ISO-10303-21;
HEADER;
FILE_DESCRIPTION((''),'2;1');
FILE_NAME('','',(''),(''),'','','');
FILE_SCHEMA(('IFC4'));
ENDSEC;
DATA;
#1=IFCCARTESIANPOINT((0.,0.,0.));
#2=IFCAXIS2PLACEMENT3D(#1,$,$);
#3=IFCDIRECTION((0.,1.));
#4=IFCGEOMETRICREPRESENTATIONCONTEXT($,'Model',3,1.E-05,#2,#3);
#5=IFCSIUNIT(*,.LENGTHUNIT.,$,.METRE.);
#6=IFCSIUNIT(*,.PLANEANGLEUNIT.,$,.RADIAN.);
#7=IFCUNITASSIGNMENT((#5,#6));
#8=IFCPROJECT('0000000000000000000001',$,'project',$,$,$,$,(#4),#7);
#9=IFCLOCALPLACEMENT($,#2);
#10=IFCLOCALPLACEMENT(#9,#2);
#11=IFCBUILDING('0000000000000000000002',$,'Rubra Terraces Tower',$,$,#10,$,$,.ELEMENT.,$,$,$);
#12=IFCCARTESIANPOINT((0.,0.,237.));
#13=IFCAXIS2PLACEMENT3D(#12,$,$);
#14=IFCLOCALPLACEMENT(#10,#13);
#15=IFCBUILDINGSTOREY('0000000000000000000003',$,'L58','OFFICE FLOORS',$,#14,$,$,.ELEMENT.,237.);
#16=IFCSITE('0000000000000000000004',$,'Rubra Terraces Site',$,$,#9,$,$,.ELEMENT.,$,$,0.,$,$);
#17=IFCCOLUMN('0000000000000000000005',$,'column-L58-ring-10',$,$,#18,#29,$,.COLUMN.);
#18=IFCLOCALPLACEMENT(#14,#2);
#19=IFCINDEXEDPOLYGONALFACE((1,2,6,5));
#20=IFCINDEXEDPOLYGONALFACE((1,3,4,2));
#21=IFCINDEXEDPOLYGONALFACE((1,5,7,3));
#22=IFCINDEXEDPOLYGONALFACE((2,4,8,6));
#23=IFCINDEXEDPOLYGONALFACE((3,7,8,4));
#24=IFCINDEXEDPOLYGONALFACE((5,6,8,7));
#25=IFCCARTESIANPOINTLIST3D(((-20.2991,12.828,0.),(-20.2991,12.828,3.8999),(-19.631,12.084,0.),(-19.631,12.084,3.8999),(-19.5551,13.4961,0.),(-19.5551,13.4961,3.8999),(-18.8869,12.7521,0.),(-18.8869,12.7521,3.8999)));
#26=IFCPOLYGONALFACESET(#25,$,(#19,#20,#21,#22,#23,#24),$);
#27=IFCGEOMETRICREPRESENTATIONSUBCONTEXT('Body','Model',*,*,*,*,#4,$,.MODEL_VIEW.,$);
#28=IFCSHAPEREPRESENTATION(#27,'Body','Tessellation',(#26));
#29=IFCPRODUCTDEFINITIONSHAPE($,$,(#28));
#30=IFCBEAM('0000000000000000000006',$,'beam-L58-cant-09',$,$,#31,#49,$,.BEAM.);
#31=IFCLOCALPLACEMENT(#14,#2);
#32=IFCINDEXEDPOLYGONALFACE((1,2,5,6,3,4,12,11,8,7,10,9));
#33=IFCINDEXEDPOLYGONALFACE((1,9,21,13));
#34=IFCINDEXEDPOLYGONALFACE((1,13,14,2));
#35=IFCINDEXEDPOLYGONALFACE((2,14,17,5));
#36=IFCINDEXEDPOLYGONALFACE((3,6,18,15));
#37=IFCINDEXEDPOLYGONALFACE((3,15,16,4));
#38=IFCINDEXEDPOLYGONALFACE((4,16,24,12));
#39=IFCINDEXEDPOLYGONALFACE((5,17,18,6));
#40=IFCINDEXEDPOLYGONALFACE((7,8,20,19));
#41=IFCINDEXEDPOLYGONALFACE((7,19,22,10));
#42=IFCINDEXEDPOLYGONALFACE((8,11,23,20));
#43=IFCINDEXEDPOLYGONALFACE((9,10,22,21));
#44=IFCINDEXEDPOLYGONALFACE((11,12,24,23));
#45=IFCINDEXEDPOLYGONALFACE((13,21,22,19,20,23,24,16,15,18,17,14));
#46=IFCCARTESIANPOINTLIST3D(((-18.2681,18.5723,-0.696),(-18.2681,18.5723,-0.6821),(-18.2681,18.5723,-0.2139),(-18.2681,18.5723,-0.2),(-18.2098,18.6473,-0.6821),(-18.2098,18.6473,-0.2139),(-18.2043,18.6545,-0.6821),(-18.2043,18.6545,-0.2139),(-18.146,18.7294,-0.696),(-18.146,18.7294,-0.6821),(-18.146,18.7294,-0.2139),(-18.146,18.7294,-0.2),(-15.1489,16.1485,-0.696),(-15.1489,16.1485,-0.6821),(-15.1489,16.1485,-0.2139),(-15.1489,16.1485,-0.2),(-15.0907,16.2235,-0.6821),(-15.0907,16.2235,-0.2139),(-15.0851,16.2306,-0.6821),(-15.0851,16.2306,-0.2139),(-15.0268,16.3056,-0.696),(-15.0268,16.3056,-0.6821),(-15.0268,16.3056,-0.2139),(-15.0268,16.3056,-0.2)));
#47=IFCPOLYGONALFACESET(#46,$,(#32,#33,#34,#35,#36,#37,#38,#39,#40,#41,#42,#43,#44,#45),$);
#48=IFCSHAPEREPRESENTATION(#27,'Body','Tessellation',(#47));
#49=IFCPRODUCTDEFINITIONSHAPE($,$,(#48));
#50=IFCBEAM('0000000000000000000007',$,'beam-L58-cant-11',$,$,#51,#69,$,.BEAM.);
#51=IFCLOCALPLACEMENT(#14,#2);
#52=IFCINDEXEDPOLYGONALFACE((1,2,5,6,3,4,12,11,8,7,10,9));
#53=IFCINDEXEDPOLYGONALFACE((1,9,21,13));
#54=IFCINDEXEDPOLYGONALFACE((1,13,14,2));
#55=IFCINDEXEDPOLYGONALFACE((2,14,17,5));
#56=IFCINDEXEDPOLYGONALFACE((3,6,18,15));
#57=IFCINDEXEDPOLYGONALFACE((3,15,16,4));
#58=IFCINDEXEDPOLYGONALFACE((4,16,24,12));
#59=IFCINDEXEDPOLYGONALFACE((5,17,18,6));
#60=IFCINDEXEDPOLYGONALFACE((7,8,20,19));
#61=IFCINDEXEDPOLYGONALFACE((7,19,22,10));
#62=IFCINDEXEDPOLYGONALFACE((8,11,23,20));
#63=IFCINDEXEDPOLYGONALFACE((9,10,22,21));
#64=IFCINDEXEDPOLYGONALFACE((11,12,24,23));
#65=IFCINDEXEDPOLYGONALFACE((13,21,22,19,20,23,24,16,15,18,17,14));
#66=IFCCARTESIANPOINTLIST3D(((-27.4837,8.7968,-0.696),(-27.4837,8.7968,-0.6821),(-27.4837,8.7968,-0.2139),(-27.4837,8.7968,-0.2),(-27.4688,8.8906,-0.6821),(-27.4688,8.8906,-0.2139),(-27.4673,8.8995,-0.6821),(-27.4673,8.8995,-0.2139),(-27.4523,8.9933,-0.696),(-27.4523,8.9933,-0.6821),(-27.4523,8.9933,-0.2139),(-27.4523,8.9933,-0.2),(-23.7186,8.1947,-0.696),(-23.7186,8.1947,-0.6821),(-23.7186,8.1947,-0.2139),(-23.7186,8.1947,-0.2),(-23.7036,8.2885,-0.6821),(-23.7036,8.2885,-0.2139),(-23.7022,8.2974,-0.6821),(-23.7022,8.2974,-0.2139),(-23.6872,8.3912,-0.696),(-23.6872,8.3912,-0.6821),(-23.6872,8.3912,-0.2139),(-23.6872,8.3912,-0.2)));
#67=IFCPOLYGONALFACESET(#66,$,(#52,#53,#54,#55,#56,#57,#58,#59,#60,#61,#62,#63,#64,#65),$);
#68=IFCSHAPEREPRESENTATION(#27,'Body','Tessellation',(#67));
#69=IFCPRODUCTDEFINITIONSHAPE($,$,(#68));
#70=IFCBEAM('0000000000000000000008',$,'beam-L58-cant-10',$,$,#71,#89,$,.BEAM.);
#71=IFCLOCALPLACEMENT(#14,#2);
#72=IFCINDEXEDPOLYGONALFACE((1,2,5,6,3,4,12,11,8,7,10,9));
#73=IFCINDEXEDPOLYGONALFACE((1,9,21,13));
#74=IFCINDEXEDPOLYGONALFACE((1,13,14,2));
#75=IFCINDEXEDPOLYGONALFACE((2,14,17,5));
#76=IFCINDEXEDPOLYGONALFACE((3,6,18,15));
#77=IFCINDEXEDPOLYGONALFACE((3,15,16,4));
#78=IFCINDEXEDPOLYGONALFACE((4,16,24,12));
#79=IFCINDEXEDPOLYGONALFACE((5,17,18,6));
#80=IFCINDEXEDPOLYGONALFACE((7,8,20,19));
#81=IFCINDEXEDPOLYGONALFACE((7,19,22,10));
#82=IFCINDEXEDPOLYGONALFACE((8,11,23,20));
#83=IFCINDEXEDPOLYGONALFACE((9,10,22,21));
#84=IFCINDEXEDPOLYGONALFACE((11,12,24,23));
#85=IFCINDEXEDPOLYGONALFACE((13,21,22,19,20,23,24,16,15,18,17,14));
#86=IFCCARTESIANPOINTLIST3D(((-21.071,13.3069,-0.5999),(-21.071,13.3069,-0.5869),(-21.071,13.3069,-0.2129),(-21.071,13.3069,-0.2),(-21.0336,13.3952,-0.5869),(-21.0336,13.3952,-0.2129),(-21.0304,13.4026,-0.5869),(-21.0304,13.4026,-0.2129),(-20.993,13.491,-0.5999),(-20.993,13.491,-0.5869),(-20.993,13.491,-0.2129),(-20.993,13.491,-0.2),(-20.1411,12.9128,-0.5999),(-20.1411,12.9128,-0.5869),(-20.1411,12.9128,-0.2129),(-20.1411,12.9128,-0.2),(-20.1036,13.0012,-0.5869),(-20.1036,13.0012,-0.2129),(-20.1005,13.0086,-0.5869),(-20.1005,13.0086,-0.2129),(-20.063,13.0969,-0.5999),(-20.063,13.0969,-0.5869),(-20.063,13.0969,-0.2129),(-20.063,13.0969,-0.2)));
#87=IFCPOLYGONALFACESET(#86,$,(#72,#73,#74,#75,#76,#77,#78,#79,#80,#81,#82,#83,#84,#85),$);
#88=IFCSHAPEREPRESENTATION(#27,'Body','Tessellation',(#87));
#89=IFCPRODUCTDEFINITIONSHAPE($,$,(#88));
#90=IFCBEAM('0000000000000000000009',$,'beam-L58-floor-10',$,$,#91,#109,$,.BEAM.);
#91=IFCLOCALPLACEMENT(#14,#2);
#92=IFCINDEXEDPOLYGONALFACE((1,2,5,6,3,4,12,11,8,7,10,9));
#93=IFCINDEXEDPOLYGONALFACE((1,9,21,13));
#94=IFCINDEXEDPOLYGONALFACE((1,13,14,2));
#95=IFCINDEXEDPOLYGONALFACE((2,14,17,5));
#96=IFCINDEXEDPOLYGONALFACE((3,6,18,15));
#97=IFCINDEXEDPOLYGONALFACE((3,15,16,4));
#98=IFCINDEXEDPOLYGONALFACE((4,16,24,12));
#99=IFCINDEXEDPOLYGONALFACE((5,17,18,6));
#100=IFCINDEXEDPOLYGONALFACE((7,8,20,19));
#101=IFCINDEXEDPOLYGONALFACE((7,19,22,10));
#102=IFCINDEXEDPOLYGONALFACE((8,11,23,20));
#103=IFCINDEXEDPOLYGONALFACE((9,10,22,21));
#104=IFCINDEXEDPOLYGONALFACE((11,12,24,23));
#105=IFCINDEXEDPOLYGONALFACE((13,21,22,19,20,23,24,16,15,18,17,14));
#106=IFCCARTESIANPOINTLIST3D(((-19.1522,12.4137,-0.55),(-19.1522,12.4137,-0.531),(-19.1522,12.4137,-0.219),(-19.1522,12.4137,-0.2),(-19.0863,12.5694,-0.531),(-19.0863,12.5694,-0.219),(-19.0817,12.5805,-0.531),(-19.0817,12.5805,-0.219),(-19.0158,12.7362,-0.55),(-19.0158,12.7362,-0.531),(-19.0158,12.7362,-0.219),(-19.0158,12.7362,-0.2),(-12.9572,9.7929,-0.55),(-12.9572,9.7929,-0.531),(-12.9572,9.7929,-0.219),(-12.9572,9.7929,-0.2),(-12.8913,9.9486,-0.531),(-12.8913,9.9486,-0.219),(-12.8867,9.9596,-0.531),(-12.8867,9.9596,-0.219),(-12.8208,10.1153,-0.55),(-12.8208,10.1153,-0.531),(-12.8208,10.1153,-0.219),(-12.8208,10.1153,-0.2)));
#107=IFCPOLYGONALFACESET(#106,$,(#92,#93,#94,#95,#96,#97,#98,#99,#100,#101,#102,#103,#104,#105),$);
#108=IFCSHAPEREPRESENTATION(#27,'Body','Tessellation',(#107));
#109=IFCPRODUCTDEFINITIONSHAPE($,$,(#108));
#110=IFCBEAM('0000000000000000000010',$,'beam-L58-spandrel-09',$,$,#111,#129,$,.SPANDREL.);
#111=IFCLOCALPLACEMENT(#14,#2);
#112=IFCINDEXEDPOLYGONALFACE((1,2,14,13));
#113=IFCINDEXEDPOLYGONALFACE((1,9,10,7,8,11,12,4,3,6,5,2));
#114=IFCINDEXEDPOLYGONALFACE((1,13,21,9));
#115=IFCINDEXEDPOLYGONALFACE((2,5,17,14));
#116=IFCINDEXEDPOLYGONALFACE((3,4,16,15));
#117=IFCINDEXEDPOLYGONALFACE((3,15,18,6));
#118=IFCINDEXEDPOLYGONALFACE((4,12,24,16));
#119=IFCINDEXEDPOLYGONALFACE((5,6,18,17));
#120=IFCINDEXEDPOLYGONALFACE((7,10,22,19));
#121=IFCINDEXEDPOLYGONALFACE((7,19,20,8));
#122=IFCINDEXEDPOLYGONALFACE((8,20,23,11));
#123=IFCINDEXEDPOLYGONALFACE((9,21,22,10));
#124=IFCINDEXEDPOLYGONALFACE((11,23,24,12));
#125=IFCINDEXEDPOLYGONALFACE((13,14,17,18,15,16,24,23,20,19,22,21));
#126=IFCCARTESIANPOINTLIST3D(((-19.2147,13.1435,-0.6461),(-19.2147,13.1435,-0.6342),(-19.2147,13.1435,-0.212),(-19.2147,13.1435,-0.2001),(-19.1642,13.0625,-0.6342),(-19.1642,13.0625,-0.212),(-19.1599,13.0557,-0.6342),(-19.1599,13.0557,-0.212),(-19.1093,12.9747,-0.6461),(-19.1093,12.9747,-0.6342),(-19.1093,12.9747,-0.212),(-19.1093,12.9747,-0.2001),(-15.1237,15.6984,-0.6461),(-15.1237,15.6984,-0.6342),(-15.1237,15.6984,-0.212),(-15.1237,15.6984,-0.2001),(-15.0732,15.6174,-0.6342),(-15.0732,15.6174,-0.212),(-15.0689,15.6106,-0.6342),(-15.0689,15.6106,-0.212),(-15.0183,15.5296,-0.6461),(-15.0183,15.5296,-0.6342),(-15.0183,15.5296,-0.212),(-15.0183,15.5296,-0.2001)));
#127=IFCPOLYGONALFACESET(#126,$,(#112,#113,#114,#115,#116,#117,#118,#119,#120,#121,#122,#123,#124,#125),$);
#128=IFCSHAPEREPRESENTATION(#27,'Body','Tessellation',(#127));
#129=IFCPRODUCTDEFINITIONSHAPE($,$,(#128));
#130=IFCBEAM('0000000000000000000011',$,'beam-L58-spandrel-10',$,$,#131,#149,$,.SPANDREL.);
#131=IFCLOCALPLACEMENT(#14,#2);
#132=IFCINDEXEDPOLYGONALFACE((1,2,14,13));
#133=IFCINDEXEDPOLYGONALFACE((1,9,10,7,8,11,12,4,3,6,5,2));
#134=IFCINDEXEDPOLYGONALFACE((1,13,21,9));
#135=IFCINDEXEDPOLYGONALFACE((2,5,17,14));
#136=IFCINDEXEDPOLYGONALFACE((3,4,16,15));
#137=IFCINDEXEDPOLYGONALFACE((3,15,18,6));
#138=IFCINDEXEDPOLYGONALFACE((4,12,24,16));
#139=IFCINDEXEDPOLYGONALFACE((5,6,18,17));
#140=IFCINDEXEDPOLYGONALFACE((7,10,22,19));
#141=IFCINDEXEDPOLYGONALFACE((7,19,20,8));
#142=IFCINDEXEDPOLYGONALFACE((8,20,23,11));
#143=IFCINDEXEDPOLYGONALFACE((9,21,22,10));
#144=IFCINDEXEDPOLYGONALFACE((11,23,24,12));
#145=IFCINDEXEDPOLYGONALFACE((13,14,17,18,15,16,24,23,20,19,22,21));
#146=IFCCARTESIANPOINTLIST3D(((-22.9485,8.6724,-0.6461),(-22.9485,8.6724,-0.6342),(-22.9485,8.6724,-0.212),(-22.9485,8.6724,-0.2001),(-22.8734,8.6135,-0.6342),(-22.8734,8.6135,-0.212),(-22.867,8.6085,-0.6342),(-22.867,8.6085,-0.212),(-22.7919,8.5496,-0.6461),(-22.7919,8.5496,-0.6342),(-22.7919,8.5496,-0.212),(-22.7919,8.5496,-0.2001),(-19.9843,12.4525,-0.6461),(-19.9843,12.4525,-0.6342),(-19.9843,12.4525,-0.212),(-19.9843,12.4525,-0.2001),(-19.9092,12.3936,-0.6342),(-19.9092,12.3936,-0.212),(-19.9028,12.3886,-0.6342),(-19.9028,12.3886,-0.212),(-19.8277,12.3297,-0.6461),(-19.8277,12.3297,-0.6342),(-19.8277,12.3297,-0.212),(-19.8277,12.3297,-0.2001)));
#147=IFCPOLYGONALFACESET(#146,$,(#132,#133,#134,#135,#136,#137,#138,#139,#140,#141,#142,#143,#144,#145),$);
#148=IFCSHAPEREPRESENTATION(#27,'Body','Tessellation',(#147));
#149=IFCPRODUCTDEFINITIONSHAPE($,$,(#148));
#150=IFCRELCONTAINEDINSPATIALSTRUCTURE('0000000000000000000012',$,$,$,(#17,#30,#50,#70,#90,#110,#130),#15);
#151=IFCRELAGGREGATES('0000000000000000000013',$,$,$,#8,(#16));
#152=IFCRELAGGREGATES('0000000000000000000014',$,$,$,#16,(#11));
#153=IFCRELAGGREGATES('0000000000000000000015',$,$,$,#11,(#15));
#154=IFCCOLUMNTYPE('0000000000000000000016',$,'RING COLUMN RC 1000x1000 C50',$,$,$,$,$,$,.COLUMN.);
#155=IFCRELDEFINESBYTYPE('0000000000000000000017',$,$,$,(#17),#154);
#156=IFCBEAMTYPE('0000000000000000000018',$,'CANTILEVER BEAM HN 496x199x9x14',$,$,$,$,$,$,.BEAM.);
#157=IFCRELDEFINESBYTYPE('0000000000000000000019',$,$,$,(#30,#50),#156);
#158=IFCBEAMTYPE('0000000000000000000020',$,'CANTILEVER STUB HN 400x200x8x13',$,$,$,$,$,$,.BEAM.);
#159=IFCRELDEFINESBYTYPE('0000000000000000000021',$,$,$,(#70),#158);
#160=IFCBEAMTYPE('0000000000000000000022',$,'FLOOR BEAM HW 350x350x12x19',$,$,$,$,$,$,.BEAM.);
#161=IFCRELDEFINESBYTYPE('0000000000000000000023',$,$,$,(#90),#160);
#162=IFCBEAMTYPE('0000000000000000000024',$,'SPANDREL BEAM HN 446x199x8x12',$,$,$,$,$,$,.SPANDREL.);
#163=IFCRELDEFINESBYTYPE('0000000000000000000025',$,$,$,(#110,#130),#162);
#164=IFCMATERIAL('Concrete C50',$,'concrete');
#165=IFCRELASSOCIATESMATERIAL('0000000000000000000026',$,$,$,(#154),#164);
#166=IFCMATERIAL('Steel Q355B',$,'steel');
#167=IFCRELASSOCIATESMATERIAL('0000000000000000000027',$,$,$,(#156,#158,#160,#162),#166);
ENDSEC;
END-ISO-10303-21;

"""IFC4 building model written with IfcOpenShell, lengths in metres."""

from ifc_helpers import new_model, si_unit, direction, frame, origin, origin_2d, place, context, subcontext, project, spatial, rectangle, i_section, extrude, material, material_profile, profile_set, type_object, element, save


model = new_model("IFC4")

# Units and contexts
model_context = context("Model", 3, precision=1e-05, world=origin(), true_north=direction((0.0, 1.0)))
body_context = subcontext(model_context, "Body", "Model", "MODEL_VIEW")
ifc_project = project(units=[si_unit("LENGTHUNIT", "METRE"), si_unit("PLANEANGLEUNIT", "RADIAN")], contexts=[model_context])

# Site, building, storey
site_placement = place(None, origin())
site = spatial("IfcSite", under=ifc_project, at=site_placement, Name="Rubra Terraces Site", CompositionType="ELEMENT", RefElevation=0.0)
building_placement = place(site_placement, origin())
building = spatial("IfcBuilding", under=site, at=building_placement, Name="Rubra Terraces Tower", CompositionType="ELEMENT")
storey_placement = place(building_placement, frame((0.0, 0.0, 237.0)))
storey = spatial("IfcBuildingStorey", under=building, at=storey_placement, Name="L58", Description="OFFICE FLOORS", CompositionType="ELEMENT", Elevation=237.0)

# Column
ifc_material_1 = material(Name="Concrete C50", Category="concrete")
ifc_material_profile_1 = material_profile(ifc_material_1, rectangle(XDim=1.0, YDim=1.0, at=origin_2d()), Name="RC 1000x1000")
ifc_profile_set_1 = profile_set([ifc_material_profile_1], Name="Concrete C50")
column_type = type_object("IfcColumnType", Name="RING COLUMN RC 1000x1000 C50", PredefinedType="COLUMN", material=ifc_profile_set_1)
column_placement = place(storey_placement, frame((-19.593, 12.79, 0.0), z_axis=(0.0, 0.0, 1.0), x_axis=(-0.744021, -0.668156, 0.0)))
element("IfcColumn", 1, at=column_placement, inside=storey, type_object=column_type, Name="column-L58-ring-10", PredefinedType="COLUMN", context=body_context, shape_type="SweptSolid", body=[
    extrude(rectangle(XDim=1.0, YDim=1.0, at=origin_2d()), origin(), (0.0, 0.0, 1.0), 3.8999),
])

# Beams
ifc_material_2 = material(Name="Steel Q355B", Category="steel")
ifc_material_profile_2 = material_profile(ifc_material_2, i_section(OverallWidth=0.199, OverallDepth=0.4961, WebThickness=0.009, FlangeThickness=0.0139, at=origin_2d()), Name="HN 496x199x9x14")
ifc_profile_set_2 = profile_set([ifc_material_profile_2], Name="Steel Q355B")
beam_type_1 = type_object("IfcBeamType", Name="CANTILEVER BEAM HN 496x199x9x14", PredefinedType="BEAM", material=ifc_profile_set_2)
beam_1_placement = place(storey_placement, frame((-15.0879, 16.2271, -0.448), z_axis=(-0.789618, 0.613598, 0.0), x_axis=(-0.613598, -0.789618, 0.0)))
element("IfcBeam", 2, at=beam_1_placement, inside=storey, type_object=beam_type_1, Name="beam-L58-cant-09", PredefinedType="BEAM", context=body_context, shape_type="SweptSolid", body=[
    extrude(i_section(OverallWidth=0.199, OverallDepth=0.4961, WebThickness=0.009, FlangeThickness=0.0139, at=origin_2d()), origin(), (0.0, 0.0, 1.0), 3.9502),
])
beam_2_placement = place(storey_placement, frame((-23.7029, 8.293, -0.448), z_axis=(-0.987456, 0.157896, 0.0), x_axis=(-0.157896, -0.987456, 0.0)))
element("IfcBeam", 3, at=beam_2_placement, inside=storey, type_object=beam_type_1, Name="beam-L58-cant-11", PredefinedType="BEAM", context=body_context, shape_type="SweptSolid", body=[
    extrude(i_section(OverallWidth=0.199, OverallDepth=0.4961, WebThickness=0.009, FlangeThickness=0.0139, at=origin_2d()), origin(), (0.0, 0.0, 1.0), 3.813),
])
ifc_material_profile_3 = material_profile(ifc_material_2, i_section(OverallWidth=0.2, OverallDepth=0.3999, WebThickness=0.0081, FlangeThickness=0.0129, at=origin_2d()), Name="HN 400x200x8x13")
ifc_profile_set_3 = profile_set([ifc_material_profile_3], Name="Steel Q355B")
beam_type_2 = type_object("IfcBeamType", Name="CANTILEVER STUB HN 400x200x8x13", PredefinedType="BEAM", material=ifc_profile_set_3)
beam_3_placement = place(storey_placement, frame((-20.1021, 13.0049, -0.3999), z_axis=(-0.92075, 0.390153, 0.0), x_axis=(-0.390153, -0.92075, 0.0)))
element("IfcBeam", 4, at=beam_3_placement, inside=storey, type_object=beam_type_2, Name="beam-L58-cant-10", PredefinedType="BEAM", context=body_context, shape_type="SweptSolid", body=[
    extrude(i_section(OverallWidth=0.2, OverallDepth=0.3999, WebThickness=0.0081, FlangeThickness=0.0129, at=origin_2d()), origin(), (0.0, 0.0, 1.0), 1.01),
])
ifc_material_profile_4 = material_profile(ifc_material_2, i_section(OverallWidth=0.3501, OverallDepth=0.3501, WebThickness=0.012, FlangeThickness=0.019, at=origin_2d()), Name="HW 350x350x12x19")
ifc_profile_set_4 = profile_set([ifc_material_profile_4], Name="Steel Q355B")
beam_type_3 = type_object("IfcBeamType", Name="FLOOR BEAM HW 350x350x12x19", PredefinedType="BEAM", material=ifc_profile_set_4)
beam_4_placement = place(storey_placement, frame((-19.084, 12.575, -0.375), z_axis=(0.920975, -0.389622, 0.0), x_axis=(0.389622, 0.920975, 0.0)))
element("IfcBeam", 5, at=beam_4_placement, inside=storey, type_object=beam_type_3, Name="beam-L58-floor-10", PredefinedType="BEAM", context=body_context, shape_type="SweptSolid", body=[
    extrude(i_section(OverallWidth=0.3501, OverallDepth=0.3501, WebThickness=0.012, FlangeThickness=0.019, at=origin_2d()), origin(), (0.0, 0.0, 1.0), 6.7266),
])
ifc_material_profile_5 = material_profile(ifc_material_2, i_section(OverallWidth=0.199, OverallDepth=0.446, WebThickness=0.0081, FlangeThickness=0.012, at=origin_2d()), Name="HN 446x199x8x12")
ifc_profile_set_5 = profile_set([ifc_material_profile_5], Name="Steel Q355B")
beam_type_4 = type_object("IfcBeamType", Name="SPANDREL BEAM HN 446x199x8x12", PredefinedType="SPANDREL", material=ifc_profile_set_5)
beam_5_placement = place(storey_placement, frame((-15.071, 15.614, -0.4231), z_axis=(-0.848183, -0.529703, 0.0), x_axis=(0.529703, -0.848183, 0.0)))
element("IfcBeam", 6, at=beam_5_placement, inside=storey, type_object=beam_type_4, Name="beam-L58-spandrel-09", PredefinedType="SPANDREL", context=body_context, shape_type="SweptSolid", body=[
    extrude(i_section(OverallWidth=0.199, OverallDepth=0.446, WebThickness=0.0081, FlangeThickness=0.012, at=origin_2d()), origin(), (0.0, 0.0, 1.0), 4.8232),
])
beam_6_placement = place(storey_placement, frame((-19.906, 12.3911, -0.4231), z_axis=(-0.61706, -0.786916, 0.0), x_axis=(0.786916, -0.61706, 0.0)))
element("IfcBeam", 7, at=beam_6_placement, inside=storey, type_object=beam_type_4, Name="beam-L58-spandrel-10", PredefinedType="SPANDREL", context=body_context, shape_type="SweptSolid", body=[
    extrude(i_section(OverallWidth=0.199, OverallDepth=0.446, WebThickness=0.0081, FlangeThickness=0.012, at=origin_2d()), origin(), (0.0, 0.0, 1.0), 4.8037),
])

save(model, "model.ifc")
